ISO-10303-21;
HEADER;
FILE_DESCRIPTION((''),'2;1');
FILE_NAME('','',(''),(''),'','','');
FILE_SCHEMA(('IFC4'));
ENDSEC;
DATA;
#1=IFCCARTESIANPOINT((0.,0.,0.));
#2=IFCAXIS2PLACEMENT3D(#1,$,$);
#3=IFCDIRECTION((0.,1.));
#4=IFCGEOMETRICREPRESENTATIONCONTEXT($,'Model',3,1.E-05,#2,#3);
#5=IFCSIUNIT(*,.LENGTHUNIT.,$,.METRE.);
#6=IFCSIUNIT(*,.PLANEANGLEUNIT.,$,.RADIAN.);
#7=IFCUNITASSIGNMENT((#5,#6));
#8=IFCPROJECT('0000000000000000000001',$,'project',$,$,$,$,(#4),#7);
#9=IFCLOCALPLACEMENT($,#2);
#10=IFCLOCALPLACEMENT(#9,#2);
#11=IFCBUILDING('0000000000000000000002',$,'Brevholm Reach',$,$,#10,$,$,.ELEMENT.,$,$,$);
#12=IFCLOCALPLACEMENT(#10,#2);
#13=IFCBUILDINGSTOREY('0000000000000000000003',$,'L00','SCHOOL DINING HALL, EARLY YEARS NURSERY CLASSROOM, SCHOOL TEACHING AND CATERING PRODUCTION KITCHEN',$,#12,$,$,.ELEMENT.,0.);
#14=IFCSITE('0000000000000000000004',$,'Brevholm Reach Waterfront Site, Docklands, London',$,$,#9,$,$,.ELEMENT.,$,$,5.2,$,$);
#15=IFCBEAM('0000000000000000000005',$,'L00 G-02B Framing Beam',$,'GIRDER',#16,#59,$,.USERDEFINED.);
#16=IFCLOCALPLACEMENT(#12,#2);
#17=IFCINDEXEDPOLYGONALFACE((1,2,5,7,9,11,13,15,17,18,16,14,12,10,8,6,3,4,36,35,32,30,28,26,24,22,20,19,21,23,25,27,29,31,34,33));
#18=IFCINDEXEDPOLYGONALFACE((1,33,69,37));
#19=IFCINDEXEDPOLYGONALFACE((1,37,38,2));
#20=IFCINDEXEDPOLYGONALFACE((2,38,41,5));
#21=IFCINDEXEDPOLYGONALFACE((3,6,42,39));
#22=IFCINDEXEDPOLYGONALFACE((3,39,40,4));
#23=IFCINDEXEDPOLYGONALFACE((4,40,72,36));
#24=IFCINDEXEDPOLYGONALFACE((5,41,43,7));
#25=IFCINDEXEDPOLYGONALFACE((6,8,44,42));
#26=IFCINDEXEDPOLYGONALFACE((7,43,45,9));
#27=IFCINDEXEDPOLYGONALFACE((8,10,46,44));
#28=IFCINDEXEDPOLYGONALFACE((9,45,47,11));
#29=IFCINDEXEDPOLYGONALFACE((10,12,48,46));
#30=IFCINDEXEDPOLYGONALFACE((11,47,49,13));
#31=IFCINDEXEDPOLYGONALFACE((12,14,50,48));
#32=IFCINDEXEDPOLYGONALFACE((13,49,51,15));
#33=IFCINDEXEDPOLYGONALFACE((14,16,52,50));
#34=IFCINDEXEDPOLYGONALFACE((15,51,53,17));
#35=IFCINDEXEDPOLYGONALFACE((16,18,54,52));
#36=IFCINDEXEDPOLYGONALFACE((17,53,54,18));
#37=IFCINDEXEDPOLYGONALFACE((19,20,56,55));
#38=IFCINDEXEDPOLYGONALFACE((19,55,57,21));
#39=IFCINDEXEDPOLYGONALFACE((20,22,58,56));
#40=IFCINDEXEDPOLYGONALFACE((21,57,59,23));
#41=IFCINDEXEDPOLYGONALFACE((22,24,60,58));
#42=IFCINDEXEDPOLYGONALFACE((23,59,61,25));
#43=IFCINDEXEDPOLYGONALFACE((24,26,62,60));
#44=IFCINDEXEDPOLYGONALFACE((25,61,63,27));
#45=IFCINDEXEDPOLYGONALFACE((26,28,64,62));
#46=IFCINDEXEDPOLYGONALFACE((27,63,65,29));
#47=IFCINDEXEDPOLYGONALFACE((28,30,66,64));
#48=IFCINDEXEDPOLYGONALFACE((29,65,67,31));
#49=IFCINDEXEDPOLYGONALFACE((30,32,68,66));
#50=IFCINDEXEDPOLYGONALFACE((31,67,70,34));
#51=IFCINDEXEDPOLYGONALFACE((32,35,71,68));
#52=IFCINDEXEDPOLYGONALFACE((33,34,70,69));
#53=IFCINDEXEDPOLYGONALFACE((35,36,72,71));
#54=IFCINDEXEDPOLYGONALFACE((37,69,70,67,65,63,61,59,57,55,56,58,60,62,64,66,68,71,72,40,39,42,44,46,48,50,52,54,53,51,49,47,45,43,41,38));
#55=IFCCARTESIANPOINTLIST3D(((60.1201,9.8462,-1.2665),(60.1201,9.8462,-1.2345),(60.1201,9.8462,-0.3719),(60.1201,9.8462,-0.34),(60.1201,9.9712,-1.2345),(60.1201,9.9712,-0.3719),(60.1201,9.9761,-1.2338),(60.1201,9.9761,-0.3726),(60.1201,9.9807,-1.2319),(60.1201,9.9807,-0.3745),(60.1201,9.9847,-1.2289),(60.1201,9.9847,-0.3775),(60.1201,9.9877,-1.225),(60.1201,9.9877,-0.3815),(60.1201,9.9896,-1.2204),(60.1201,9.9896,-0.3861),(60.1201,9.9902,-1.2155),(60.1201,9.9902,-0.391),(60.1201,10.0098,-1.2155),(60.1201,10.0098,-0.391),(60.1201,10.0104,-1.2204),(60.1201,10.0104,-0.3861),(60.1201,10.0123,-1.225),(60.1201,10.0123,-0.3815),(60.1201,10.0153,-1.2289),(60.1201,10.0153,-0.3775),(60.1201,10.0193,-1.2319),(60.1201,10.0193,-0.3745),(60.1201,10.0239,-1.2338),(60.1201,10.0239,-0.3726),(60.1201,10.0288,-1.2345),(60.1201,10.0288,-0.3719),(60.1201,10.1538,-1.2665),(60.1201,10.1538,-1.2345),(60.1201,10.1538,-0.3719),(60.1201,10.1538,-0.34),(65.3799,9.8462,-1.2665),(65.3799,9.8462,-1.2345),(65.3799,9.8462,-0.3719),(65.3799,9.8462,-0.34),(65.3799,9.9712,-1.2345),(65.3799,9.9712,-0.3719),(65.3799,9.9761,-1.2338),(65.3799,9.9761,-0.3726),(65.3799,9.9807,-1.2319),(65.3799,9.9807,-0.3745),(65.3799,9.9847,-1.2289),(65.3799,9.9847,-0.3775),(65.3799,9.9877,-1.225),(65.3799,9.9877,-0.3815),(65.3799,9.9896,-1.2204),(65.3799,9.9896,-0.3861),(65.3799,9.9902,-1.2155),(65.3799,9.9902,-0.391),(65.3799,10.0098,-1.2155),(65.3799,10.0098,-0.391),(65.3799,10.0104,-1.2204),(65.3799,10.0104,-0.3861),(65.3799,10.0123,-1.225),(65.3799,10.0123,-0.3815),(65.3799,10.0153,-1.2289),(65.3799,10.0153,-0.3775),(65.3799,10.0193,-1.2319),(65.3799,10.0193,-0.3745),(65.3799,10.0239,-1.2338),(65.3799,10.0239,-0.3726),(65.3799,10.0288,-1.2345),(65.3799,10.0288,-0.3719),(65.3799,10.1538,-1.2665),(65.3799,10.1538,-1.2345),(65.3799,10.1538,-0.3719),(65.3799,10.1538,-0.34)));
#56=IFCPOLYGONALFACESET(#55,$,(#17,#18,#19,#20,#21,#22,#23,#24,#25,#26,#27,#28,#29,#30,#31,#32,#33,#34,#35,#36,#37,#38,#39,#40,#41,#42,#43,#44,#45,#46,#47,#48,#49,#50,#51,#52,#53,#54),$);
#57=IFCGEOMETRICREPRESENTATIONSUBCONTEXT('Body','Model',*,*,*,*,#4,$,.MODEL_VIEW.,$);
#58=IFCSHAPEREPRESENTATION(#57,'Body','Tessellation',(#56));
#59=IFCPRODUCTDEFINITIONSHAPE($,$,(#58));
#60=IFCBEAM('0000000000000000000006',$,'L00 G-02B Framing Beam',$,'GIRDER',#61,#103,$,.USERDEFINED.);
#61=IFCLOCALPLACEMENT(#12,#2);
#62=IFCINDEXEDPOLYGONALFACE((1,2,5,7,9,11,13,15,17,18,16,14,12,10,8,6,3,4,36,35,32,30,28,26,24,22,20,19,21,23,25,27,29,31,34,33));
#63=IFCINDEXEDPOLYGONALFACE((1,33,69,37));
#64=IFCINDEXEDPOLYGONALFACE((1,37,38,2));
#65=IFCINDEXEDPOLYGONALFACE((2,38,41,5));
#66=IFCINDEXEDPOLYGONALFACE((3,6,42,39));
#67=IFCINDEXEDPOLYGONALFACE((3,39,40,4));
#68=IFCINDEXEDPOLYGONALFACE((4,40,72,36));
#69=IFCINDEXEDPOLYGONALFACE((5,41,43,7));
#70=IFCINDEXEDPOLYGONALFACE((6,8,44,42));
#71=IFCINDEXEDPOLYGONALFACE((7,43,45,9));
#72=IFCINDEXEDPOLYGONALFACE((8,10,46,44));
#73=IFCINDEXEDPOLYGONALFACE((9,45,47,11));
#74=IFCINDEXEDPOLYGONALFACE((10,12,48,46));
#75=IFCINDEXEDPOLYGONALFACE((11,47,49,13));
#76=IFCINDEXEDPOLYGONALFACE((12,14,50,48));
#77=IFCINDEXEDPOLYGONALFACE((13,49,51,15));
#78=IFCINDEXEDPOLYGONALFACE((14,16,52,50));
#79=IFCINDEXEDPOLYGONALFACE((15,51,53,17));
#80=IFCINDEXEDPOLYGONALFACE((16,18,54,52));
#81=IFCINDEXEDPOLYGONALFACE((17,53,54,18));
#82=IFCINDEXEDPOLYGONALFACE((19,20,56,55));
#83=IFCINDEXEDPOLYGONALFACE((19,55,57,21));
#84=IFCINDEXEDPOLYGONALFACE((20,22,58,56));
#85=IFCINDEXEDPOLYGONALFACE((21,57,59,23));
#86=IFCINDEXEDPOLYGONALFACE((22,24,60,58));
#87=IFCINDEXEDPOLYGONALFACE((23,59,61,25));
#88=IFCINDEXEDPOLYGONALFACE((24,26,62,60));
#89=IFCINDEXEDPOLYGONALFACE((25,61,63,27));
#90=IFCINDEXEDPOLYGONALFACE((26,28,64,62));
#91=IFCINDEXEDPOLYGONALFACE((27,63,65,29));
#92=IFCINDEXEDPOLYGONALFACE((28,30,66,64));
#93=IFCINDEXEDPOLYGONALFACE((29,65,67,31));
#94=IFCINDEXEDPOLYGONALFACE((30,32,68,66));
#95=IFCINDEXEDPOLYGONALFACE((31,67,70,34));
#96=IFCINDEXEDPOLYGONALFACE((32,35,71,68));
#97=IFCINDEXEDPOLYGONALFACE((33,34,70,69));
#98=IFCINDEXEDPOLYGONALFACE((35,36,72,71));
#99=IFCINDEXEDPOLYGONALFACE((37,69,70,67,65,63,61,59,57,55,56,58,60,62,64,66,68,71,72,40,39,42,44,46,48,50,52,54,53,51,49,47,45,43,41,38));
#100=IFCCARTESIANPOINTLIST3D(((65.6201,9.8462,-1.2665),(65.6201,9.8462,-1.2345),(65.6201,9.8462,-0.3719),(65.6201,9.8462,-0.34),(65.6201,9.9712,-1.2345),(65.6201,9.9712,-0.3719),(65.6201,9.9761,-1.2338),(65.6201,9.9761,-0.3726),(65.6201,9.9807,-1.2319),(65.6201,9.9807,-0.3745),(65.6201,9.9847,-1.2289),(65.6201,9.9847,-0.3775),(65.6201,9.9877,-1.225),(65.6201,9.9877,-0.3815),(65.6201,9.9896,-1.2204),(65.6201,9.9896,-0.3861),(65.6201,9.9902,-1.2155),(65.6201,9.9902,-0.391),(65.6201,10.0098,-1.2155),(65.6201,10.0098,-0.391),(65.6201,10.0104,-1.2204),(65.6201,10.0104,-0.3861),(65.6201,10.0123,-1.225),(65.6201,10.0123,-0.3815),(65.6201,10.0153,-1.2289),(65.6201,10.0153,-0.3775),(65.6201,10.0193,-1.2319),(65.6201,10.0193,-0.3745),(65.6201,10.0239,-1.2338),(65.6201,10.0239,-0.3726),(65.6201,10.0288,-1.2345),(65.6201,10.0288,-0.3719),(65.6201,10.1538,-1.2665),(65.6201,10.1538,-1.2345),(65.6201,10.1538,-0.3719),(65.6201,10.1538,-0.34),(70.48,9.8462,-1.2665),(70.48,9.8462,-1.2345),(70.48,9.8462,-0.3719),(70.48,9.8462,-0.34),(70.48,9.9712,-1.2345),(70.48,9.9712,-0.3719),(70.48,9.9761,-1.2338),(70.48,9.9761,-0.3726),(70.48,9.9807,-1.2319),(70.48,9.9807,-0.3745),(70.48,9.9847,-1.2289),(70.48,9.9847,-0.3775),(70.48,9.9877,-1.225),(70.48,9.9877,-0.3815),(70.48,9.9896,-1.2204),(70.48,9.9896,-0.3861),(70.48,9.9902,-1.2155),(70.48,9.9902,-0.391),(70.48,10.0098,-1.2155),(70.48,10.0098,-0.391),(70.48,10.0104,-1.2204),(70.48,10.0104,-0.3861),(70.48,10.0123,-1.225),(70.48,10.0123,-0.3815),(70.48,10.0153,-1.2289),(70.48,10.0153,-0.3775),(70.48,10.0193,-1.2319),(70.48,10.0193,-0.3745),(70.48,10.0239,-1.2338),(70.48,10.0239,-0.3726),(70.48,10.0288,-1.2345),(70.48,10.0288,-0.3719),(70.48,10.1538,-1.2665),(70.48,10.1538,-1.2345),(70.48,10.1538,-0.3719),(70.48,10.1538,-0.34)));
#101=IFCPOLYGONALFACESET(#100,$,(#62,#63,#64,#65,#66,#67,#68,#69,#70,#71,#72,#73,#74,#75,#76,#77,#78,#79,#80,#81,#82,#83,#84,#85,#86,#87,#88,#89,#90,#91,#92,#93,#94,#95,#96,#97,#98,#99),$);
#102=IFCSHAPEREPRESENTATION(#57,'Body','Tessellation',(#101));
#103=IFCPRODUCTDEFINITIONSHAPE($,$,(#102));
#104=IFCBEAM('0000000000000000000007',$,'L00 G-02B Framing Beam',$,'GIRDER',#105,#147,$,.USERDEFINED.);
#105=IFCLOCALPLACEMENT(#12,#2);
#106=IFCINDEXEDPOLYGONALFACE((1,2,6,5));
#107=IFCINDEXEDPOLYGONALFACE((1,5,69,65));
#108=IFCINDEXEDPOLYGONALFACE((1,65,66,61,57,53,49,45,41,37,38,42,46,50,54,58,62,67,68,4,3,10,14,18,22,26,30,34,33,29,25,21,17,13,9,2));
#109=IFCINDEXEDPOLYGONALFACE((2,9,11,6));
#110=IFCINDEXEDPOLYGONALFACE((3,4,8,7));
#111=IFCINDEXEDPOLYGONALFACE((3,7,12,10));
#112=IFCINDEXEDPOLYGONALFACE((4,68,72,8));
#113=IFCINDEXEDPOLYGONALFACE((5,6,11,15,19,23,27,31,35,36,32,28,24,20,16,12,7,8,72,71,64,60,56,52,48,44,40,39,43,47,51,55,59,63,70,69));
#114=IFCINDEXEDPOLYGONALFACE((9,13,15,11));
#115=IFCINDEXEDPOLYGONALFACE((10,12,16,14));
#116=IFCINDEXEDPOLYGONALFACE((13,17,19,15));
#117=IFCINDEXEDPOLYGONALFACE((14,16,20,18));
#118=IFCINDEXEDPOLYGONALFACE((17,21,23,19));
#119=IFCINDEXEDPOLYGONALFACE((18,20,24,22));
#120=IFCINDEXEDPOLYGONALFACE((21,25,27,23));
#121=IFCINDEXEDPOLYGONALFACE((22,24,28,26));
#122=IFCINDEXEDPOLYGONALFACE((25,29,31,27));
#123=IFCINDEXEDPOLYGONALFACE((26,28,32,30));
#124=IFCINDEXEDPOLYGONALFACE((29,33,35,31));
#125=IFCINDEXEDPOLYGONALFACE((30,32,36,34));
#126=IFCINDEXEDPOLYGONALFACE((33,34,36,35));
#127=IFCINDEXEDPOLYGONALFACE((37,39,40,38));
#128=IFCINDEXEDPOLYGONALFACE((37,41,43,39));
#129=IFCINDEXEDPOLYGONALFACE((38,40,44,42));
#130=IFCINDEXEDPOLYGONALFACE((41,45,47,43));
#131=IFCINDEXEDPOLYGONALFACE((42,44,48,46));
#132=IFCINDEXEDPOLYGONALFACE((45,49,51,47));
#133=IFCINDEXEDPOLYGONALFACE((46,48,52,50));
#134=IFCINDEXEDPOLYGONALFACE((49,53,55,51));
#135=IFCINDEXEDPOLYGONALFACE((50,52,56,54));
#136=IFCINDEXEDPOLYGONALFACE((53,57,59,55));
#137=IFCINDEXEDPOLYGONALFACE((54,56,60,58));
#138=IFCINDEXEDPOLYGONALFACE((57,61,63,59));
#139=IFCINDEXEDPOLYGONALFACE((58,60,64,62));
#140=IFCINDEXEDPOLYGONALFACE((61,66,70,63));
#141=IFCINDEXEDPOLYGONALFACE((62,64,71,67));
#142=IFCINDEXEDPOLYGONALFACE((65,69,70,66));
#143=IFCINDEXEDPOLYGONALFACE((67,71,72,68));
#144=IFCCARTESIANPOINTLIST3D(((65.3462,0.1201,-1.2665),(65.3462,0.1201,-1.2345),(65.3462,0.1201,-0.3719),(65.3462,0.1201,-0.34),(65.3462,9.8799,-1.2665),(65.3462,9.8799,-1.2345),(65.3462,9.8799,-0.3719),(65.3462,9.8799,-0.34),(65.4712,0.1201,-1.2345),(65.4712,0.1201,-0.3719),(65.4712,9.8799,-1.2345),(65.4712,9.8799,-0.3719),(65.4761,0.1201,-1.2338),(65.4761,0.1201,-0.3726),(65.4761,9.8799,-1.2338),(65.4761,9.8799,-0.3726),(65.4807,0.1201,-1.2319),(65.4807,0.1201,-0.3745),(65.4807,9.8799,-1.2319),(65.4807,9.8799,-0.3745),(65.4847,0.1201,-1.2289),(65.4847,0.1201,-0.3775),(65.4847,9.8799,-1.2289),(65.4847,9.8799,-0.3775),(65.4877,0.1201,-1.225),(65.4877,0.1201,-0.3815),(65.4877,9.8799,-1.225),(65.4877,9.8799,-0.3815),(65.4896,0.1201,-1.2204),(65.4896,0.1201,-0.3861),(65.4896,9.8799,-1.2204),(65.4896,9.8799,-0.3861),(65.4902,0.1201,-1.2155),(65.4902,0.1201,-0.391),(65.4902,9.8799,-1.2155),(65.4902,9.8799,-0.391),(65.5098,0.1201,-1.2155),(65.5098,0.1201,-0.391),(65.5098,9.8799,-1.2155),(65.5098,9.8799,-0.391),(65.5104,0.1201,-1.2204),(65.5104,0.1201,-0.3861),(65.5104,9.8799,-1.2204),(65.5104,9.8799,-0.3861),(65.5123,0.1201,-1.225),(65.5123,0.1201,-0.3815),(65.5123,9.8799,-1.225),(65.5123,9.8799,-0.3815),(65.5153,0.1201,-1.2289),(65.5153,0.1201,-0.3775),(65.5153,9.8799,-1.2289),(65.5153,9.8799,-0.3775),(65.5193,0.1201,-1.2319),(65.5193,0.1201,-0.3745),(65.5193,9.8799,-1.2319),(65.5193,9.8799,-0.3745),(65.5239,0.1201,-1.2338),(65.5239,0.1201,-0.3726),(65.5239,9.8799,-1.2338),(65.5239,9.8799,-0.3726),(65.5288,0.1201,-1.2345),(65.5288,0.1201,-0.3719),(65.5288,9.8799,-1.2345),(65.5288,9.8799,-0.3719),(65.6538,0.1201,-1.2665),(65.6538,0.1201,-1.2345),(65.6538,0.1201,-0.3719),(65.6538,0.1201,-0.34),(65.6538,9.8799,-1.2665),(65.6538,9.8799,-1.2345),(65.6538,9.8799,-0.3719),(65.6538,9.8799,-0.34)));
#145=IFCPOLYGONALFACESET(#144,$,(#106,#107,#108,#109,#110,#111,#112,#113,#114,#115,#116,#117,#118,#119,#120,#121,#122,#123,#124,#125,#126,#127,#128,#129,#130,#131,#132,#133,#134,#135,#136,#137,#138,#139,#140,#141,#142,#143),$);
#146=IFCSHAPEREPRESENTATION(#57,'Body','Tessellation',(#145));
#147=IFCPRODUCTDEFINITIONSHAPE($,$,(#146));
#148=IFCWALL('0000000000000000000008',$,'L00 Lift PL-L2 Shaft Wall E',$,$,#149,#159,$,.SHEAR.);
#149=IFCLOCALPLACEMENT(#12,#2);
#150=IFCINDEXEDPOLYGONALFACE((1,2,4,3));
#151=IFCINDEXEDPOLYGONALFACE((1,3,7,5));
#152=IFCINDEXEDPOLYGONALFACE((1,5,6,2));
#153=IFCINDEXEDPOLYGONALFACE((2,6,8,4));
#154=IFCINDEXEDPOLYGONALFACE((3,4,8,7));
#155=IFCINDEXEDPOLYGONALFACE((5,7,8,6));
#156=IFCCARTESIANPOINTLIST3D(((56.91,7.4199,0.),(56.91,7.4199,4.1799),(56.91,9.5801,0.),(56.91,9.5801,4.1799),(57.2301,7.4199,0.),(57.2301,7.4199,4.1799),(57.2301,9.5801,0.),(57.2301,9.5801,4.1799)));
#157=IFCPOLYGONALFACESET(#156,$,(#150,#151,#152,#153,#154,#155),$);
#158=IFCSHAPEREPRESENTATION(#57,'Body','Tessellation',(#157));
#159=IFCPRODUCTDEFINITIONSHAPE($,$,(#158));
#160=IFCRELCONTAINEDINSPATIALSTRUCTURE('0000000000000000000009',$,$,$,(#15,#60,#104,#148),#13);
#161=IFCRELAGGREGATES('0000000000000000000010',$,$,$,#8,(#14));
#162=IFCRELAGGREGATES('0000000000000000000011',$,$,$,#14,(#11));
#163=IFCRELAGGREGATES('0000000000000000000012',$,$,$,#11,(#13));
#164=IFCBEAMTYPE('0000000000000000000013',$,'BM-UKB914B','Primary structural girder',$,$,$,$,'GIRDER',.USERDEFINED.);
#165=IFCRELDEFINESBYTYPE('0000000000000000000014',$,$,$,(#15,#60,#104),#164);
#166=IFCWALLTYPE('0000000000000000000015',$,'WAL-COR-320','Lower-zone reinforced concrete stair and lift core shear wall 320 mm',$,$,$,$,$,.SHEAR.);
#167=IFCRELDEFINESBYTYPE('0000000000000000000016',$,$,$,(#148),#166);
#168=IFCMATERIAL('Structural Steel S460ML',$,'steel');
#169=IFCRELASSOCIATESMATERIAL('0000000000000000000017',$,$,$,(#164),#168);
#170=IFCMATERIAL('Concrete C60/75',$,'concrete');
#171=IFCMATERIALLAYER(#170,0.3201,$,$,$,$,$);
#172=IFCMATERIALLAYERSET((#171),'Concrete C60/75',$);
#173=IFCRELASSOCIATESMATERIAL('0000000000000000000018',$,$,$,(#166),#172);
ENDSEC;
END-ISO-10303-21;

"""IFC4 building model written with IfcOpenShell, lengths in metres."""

from ifc_helpers import new_model, si_unit, direction, frame, frame_2d, origin, origin_2d, place, context, subcontext, project, spatial, rectangle, i_section, extrude, material, layer, layer_set, material_profile, profile_set, type_object, element, save


model = new_model("IFC4")

# Units and contexts
model_context = context("Model", 3, precision=1e-05, world=origin(), true_north=direction((0.0, 1.0)))
body_context = subcontext(model_context, "Body", "Model", "MODEL_VIEW")
ifc_project = project(units=[si_unit("LENGTHUNIT", "METRE"), si_unit("PLANEANGLEUNIT", "RADIAN")], contexts=[model_context])

# Site, building, storey
site_placement = place(None, origin())
site = spatial("IfcSite", under=ifc_project, at=site_placement, Name="Brevholm Reach Waterfront Site, Docklands, London", CompositionType="ELEMENT", RefElevation=5.2)
building_placement = place(site_placement, origin())
building = spatial("IfcBuilding", under=site, at=building_placement, Name="Brevholm Reach", CompositionType="ELEMENT")
storey_placement = place(building_placement, origin())
storey = spatial("IfcBuildingStorey", under=building, at=storey_placement, Name="L00", Description="SCHOOL DINING HALL, EARLY YEARS NURSERY CLASSROOM, SCHOOL TEACHING AND CATERING PRODUCTION KITCHEN", CompositionType="ELEMENT", Elevation=0.0)

# Beams
ifc_material_1 = material(Name="Structural Steel S460ML", Category="steel")
ifc_material_profile_1 = material_profile(ifc_material_1, i_section(OverallWidth=0.3076, OverallDepth=0.9265, WebThickness=0.0195, FlangeThickness=0.032, FilletRadius=0.019, at=origin_2d()), Name="UKB 914x305x289")
ifc_profile_set_1 = profile_set([ifc_material_profile_1], Name="Structural Steel S460ML")
beam_type_1 = type_object("IfcBeamType", Name="BM-UKB914B", Description="Primary structural girder", ElementType="GIRDER", PredefinedType="USERDEFINED", material=ifc_profile_set_1)
beam_1_placement = place(storey_placement, frame((60.1201, 10.0, -0.8032), z_axis=(1.0, 0.0, 0.0), x_axis=(0.0, 1.0, 0.0)))
element("IfcBeam", 1, at=beam_1_placement, inside=storey, type_object=beam_type_1, Name="L00 G-02B Framing Beam", ObjectType="GIRDER", PredefinedType="USERDEFINED", context=body_context, shape_type="SweptSolid", body=[
    extrude(i_section(OverallWidth=0.3076, OverallDepth=0.9265, WebThickness=0.0195, FlangeThickness=0.032, FilletRadius=0.019, at=origin_2d()), origin(), (0.0, 0.0, 1.0), 5.2598),
])
beam_2_placement = place(storey_placement, frame((65.6201, 10.0, -0.8032), z_axis=(1.0, 0.0, 0.0), x_axis=(0.0, 1.0, 0.0)))
element("IfcBeam", 2, at=beam_2_placement, inside=storey, type_object=beam_type_1, Name="L00 G-02B Framing Beam", ObjectType="GIRDER", PredefinedType="USERDEFINED", context=body_context, shape_type="SweptSolid", body=[
    extrude(i_section(OverallWidth=0.3076, OverallDepth=0.9265, WebThickness=0.0195, FlangeThickness=0.032, FilletRadius=0.019, at=origin_2d()), origin(), (0.0, 0.0, 1.0), 4.8599),
])
beam_3_placement = place(storey_placement, frame((65.5, 0.1201, -0.8032), z_axis=(0.0, 1.0, 0.0), x_axis=(-1.0, 0.0, 0.0)))
element("IfcBeam", 3, at=beam_3_placement, inside=storey, type_object=beam_type_1, Name="L00 G-02B Framing Beam", ObjectType="GIRDER", PredefinedType="USERDEFINED", context=body_context, shape_type="SweptSolid", body=[
    extrude(i_section(OverallWidth=0.3076, OverallDepth=0.9265, WebThickness=0.0195, FlangeThickness=0.032, FilletRadius=0.019, at=origin_2d()), origin(), (0.0, 0.0, 1.0), 9.7598),
])

# Wall
ifc_material_2 = material(Name="Concrete C60/75", Category="concrete")
ifc_layer_1 = layer(ifc_material_2, 0.3201)
ifc_layer_set_1 = layer_set([ifc_layer_1], Name="Concrete C60/75")
wall_type_1 = type_object("IfcWallType", Name="WAL-COR-320", Description="Lower-zone reinforced concrete stair and lift core shear wall 320 mm", PredefinedType="SHEAR", material=ifc_layer_set_1)
wall_1_placement = place(storey_placement, frame((57.0701, 7.4199, 0.0), z_axis=(0.0, 0.0, 1.0), x_axis=(0.0, 1.0, 0.0)))
element("IfcWall", 4, at=wall_1_placement, inside=storey, type_object=wall_type_1, Name="L00 Lift PL-L2 Shaft Wall E", PredefinedType="SHEAR", context=body_context, shape_type="SweptSolid", body=[
    extrude(rectangle(XDim=2.1602, YDim=0.3201, at=frame_2d((1.0801, 0.0))), origin(), (0.0, 0.0, 1.0), 4.1799),
])

save(model, "model.ifc")
